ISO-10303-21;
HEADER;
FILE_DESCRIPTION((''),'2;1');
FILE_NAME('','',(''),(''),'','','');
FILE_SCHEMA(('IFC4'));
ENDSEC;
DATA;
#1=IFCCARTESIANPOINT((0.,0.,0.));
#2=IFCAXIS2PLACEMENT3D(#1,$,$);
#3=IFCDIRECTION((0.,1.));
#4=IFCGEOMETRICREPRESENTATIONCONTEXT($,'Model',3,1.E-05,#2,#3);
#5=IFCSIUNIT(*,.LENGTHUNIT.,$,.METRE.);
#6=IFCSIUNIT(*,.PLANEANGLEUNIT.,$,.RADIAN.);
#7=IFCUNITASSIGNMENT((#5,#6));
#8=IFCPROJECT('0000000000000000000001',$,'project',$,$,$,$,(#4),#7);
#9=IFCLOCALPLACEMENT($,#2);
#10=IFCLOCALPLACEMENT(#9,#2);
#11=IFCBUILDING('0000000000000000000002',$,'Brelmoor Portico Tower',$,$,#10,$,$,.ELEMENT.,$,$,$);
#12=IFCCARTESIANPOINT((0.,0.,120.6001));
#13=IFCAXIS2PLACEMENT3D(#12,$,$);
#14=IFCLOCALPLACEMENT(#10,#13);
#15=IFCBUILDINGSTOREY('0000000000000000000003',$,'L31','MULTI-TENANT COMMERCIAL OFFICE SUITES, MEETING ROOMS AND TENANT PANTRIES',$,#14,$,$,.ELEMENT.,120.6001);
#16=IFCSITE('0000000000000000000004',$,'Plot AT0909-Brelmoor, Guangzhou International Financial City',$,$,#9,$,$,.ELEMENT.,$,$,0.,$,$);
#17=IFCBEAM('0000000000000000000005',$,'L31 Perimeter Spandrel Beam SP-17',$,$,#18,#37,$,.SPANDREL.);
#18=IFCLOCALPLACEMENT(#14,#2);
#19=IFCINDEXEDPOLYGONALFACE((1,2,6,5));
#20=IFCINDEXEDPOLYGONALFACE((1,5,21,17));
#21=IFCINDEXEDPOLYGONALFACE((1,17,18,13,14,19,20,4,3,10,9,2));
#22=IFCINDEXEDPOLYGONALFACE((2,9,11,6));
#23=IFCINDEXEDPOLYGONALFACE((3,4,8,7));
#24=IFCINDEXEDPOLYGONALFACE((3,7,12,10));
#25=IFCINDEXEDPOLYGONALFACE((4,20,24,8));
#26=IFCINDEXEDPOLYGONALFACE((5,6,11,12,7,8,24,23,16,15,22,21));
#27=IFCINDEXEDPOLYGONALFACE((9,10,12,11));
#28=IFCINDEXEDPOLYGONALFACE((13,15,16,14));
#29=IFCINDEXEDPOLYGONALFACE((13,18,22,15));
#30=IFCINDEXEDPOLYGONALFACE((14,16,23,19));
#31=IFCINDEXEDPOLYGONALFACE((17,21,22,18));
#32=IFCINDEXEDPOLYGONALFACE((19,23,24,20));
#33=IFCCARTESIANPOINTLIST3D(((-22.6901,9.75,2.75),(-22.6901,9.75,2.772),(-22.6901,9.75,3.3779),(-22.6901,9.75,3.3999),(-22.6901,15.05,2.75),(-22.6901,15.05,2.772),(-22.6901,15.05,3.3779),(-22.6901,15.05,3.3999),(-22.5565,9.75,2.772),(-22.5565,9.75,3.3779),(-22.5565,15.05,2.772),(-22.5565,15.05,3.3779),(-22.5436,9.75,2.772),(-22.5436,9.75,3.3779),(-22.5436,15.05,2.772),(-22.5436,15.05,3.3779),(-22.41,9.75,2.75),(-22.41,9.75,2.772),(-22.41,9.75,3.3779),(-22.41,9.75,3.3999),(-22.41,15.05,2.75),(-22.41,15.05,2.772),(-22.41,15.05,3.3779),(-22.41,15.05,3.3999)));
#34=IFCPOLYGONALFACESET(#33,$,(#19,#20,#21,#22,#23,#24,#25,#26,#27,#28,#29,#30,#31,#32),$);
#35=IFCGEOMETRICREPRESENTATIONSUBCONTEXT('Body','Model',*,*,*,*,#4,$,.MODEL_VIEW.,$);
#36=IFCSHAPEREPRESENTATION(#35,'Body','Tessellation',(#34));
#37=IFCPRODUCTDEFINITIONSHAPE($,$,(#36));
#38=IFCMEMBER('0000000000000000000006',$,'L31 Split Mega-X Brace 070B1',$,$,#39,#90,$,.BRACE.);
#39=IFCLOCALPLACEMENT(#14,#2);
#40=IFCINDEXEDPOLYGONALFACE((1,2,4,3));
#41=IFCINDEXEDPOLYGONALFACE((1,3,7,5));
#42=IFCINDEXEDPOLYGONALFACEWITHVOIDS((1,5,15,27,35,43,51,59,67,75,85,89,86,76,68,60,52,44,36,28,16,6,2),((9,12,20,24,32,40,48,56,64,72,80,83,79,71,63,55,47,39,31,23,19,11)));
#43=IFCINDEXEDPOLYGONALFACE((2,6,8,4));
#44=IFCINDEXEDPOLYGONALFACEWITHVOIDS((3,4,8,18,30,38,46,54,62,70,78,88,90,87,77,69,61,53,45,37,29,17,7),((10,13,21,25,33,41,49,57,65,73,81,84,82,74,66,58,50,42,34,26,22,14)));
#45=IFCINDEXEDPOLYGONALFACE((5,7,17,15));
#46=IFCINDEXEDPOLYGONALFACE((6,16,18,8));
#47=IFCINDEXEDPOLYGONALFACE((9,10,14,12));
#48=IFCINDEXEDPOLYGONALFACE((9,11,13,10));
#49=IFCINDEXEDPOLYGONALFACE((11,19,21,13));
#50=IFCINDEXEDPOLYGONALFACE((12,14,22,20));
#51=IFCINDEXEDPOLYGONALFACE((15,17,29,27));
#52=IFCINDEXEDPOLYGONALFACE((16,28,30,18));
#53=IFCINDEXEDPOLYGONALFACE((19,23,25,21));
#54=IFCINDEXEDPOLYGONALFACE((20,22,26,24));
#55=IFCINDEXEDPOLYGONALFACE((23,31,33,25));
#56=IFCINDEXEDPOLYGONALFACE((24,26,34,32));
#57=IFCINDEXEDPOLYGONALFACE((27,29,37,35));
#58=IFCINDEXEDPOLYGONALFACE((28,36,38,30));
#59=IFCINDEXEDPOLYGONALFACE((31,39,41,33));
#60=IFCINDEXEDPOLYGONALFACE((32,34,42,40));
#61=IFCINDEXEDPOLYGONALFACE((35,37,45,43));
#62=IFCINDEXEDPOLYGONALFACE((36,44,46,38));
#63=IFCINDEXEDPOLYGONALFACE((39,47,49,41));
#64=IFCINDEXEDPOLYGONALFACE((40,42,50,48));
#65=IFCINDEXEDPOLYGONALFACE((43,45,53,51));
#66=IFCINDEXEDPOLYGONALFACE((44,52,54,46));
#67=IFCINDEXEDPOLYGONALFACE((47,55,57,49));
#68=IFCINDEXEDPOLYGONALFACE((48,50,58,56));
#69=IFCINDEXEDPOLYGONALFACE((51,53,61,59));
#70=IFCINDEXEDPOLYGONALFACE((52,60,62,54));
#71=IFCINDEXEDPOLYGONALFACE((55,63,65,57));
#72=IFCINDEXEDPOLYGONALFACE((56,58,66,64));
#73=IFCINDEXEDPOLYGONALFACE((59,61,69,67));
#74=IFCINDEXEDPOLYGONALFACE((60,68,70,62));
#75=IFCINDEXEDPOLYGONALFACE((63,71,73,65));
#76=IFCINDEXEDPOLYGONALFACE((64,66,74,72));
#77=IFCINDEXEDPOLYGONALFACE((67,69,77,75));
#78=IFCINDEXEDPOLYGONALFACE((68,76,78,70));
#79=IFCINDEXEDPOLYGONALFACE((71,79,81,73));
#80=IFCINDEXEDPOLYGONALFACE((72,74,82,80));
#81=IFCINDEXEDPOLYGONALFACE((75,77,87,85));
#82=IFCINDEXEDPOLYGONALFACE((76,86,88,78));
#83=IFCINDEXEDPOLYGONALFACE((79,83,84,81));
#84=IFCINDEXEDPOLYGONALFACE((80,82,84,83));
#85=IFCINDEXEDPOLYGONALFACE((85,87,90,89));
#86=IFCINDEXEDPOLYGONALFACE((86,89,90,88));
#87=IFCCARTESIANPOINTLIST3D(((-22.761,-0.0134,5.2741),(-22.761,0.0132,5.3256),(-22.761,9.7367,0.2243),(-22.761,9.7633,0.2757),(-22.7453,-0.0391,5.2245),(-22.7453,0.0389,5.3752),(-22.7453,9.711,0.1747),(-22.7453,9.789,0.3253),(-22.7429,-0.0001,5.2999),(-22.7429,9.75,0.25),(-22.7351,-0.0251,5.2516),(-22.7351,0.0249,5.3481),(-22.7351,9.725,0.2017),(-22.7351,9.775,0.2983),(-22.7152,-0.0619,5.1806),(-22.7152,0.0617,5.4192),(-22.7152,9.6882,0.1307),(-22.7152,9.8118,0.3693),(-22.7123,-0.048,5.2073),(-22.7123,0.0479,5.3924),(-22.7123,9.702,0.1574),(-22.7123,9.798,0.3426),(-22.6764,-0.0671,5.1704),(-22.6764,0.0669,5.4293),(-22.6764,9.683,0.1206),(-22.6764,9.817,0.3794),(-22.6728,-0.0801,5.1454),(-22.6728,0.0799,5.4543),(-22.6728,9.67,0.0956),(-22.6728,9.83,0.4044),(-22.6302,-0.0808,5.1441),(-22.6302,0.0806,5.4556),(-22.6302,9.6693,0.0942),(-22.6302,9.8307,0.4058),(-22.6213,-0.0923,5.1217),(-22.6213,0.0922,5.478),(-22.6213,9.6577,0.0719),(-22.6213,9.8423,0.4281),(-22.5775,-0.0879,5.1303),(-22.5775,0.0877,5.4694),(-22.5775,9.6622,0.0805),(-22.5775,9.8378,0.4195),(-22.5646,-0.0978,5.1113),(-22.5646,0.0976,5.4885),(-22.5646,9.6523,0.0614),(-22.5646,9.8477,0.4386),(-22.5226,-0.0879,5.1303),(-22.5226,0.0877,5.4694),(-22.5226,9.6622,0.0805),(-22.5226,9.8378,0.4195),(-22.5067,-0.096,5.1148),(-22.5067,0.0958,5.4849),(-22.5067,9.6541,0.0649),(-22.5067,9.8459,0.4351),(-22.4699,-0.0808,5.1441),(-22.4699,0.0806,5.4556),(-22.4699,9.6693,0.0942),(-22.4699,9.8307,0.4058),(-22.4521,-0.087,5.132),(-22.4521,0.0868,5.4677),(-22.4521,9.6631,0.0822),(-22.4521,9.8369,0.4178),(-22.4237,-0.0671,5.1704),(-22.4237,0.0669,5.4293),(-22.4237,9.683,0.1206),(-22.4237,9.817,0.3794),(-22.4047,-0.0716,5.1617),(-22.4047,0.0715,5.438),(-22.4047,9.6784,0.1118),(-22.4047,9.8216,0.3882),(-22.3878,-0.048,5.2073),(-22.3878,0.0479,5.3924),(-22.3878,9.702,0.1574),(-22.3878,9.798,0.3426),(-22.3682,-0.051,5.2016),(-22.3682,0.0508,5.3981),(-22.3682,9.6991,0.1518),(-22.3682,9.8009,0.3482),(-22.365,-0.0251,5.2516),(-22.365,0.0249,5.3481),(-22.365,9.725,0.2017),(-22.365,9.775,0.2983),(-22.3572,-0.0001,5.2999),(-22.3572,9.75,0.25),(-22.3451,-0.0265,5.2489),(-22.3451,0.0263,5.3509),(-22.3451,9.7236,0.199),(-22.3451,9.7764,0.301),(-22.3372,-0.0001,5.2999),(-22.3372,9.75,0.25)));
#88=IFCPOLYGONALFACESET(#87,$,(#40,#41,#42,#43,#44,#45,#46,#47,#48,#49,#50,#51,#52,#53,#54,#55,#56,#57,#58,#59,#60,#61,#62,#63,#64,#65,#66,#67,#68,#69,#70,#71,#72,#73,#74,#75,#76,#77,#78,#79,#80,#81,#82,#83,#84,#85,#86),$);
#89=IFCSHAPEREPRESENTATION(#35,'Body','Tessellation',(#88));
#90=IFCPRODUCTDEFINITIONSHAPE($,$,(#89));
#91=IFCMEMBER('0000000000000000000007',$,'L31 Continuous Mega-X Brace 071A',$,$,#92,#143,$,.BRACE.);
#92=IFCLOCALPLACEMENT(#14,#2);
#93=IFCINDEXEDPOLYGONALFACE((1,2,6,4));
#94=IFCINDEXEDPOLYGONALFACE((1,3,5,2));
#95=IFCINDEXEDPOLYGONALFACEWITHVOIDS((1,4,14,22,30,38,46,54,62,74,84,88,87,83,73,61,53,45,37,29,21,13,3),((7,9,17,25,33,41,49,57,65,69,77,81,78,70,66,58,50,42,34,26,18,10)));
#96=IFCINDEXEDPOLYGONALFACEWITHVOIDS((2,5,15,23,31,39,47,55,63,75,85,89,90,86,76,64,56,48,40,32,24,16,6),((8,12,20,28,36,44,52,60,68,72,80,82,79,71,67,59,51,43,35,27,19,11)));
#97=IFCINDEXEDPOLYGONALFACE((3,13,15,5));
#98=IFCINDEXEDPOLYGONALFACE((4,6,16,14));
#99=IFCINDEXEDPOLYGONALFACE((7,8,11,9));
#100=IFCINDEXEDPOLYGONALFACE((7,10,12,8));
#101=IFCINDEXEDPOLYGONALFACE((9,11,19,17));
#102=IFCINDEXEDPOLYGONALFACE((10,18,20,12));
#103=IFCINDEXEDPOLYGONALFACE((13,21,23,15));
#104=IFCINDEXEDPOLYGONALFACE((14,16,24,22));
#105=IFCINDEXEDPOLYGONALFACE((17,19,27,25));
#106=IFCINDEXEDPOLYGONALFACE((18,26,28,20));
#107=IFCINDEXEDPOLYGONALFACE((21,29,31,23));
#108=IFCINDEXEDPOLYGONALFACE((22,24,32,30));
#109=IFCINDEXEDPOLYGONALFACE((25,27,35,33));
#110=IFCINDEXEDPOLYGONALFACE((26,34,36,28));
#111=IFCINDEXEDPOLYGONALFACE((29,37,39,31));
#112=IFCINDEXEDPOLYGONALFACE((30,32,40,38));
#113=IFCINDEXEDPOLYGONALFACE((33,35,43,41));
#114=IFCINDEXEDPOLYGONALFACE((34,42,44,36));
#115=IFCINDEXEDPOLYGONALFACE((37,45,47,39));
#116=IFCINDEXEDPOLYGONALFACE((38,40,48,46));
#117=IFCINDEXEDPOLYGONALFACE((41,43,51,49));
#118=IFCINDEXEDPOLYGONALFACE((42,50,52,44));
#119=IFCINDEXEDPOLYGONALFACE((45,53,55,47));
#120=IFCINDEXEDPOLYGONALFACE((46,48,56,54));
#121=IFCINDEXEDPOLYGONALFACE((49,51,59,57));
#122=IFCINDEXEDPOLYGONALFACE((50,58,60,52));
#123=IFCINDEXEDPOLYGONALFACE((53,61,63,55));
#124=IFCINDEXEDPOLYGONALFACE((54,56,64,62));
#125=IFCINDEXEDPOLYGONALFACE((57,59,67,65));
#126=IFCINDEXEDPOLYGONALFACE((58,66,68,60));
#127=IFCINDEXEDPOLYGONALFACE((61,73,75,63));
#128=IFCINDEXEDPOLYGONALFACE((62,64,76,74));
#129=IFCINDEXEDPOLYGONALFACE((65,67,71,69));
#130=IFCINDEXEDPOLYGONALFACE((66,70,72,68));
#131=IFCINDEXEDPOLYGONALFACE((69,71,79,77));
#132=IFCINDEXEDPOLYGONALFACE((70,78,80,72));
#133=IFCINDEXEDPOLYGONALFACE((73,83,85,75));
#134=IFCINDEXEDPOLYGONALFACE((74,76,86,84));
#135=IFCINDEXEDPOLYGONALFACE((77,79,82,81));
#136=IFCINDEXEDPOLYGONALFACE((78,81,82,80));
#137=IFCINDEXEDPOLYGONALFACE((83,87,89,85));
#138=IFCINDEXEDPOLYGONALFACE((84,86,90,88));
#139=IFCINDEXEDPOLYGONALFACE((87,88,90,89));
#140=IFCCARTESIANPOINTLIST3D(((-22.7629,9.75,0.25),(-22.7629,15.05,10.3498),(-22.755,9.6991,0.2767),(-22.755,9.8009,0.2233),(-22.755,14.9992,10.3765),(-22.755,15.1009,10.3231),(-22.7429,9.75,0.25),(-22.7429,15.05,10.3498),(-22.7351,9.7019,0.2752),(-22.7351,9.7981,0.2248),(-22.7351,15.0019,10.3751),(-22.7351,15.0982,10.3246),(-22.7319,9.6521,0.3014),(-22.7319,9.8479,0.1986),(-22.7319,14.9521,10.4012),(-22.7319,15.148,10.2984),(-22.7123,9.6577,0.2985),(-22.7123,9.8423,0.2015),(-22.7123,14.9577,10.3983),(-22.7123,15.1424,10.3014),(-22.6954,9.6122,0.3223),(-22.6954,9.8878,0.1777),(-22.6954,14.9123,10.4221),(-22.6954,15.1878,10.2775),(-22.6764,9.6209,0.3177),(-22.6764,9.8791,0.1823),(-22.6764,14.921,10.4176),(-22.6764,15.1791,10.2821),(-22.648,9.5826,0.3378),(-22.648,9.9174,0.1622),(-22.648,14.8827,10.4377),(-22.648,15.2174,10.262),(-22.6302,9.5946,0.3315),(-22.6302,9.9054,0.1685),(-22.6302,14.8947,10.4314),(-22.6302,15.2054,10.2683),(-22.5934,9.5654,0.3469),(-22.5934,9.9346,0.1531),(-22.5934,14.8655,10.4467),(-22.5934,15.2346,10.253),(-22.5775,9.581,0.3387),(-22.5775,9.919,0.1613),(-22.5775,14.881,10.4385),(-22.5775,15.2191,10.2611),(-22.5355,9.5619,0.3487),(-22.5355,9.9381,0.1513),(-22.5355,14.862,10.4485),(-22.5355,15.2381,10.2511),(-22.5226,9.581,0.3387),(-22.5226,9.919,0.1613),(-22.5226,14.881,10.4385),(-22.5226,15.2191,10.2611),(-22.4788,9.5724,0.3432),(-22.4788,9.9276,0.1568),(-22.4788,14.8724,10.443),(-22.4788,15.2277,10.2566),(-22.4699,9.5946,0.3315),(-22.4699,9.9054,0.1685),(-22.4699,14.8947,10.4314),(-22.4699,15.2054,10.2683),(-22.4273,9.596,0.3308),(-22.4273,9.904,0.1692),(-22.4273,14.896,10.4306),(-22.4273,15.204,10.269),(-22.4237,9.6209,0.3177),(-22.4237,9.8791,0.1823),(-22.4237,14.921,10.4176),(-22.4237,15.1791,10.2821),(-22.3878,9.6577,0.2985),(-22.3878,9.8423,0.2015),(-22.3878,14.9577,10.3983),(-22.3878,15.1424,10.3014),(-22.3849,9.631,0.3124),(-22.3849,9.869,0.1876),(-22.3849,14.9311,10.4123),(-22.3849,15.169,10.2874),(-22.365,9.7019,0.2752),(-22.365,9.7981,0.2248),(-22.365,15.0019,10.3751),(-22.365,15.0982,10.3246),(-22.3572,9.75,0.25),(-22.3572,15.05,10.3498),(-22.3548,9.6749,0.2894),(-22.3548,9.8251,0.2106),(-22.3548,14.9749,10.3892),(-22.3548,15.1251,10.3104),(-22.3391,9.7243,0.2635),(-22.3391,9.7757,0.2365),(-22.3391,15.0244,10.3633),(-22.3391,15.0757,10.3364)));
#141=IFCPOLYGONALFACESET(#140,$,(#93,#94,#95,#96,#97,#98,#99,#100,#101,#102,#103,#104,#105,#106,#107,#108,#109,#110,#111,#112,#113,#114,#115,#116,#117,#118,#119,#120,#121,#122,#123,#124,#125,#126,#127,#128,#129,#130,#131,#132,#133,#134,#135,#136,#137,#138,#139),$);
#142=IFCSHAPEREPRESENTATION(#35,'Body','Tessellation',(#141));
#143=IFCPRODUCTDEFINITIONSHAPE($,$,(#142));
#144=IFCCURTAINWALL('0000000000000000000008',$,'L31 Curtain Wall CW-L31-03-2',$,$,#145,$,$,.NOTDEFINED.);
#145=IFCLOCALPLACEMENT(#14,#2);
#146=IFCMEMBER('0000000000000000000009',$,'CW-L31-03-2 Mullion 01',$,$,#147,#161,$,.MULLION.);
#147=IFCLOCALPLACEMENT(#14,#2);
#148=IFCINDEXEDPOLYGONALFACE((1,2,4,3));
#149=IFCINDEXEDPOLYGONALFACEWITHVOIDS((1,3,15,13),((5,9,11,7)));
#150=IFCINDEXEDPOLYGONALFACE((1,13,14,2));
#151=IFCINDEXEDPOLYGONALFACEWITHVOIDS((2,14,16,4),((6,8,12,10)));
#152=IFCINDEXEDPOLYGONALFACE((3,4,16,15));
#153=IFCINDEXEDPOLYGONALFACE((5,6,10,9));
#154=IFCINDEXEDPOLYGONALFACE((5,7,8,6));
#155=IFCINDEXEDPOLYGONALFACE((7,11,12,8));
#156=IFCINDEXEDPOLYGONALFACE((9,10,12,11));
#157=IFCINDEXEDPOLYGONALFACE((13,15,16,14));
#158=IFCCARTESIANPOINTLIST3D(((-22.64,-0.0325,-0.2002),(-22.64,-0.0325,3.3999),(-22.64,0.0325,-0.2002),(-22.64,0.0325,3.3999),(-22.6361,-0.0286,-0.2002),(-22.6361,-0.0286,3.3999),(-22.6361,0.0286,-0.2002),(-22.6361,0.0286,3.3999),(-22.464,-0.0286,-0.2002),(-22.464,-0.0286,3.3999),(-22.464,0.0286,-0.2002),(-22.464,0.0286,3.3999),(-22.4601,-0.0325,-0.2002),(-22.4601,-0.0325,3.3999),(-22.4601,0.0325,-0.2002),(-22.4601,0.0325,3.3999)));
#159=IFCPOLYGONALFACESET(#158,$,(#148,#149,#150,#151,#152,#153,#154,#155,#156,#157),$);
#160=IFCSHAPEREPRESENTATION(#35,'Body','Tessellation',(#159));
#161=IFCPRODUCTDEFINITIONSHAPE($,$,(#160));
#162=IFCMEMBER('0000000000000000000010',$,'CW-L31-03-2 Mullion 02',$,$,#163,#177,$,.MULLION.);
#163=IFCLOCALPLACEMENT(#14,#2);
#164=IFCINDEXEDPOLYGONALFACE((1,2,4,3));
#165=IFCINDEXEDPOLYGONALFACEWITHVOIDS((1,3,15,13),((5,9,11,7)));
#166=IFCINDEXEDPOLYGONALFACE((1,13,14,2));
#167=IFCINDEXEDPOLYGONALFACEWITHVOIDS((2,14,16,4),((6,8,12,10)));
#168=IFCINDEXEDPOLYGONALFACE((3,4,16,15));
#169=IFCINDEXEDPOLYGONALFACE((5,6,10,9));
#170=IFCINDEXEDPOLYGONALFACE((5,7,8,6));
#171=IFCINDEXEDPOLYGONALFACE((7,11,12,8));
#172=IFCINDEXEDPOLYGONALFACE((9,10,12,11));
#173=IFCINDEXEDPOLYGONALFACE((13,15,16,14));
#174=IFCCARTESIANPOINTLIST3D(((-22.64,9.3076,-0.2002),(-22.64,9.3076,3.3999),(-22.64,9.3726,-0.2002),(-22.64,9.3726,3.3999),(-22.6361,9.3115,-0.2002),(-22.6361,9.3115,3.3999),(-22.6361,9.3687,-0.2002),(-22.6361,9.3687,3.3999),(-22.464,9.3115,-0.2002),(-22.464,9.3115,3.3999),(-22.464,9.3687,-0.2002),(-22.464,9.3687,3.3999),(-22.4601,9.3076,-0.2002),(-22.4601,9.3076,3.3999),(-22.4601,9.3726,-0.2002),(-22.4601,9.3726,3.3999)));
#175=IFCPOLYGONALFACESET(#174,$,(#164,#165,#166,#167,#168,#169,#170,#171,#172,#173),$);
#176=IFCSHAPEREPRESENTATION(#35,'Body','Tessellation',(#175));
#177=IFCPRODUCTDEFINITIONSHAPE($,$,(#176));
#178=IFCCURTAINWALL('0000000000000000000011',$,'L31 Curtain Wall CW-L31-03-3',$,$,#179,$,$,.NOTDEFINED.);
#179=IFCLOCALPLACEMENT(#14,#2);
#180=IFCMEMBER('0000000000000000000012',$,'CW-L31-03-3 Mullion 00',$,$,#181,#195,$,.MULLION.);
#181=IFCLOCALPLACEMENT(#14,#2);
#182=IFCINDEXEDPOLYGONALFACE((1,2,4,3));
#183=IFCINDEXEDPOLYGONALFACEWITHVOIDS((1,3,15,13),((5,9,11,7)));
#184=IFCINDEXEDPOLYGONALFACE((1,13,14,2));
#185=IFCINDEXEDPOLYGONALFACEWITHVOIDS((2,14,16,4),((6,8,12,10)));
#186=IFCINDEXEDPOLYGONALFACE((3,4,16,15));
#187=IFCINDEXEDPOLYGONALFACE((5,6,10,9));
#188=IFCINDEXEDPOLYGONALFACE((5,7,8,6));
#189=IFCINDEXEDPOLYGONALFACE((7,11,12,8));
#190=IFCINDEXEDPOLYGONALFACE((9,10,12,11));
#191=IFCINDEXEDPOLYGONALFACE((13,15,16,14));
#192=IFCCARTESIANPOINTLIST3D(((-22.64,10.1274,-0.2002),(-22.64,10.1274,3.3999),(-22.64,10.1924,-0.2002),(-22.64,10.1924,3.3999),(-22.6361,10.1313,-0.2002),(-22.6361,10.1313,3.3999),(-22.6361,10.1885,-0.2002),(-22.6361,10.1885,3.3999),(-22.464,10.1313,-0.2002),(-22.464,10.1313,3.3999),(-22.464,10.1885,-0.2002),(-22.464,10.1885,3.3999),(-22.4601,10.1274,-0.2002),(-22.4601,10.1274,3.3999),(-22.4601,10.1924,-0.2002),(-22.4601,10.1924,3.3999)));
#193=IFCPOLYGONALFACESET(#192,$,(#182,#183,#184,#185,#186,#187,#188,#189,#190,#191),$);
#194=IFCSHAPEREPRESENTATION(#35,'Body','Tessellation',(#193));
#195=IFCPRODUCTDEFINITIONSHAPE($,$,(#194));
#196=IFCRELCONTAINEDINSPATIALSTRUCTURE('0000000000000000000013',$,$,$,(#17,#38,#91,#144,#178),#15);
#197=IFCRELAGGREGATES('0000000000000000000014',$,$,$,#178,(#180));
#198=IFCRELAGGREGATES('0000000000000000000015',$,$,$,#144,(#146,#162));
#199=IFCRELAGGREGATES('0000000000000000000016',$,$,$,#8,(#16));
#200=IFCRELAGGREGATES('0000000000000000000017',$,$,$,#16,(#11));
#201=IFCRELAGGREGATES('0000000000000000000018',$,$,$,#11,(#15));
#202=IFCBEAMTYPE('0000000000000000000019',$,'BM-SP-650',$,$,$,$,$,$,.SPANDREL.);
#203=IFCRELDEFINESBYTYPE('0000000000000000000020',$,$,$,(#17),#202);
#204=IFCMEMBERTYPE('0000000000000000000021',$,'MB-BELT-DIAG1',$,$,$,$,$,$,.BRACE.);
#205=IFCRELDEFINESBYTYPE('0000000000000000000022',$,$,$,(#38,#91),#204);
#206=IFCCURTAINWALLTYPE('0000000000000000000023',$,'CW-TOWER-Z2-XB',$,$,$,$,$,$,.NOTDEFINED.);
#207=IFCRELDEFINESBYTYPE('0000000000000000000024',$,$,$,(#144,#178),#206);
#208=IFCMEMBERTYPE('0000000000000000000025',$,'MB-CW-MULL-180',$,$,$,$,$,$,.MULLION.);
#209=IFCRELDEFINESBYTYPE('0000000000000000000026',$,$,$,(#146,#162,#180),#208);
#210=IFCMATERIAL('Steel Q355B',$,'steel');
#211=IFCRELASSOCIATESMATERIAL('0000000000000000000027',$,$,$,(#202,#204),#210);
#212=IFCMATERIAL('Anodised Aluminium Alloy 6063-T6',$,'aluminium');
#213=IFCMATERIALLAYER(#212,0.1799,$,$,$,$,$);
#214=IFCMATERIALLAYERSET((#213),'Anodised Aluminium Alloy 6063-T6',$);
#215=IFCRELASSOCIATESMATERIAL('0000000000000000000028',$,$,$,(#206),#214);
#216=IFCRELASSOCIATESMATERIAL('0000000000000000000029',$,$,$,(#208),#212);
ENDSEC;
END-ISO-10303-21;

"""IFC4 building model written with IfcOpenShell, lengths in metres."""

from ifc_helpers import new_model, si_unit, direction, frame, origin, origin_2d, place, context, subcontext, project, spatial, hollow_rectangle, hollow_circle, i_section, extrude, material, layer, layer_set, material_profile, profile_set, type_object, element, aggregate, save


model = new_model("IFC4")

# Units and contexts
model_context = context("Model", 3, precision=1e-05, world=origin(), true_north=direction((0.0, 1.0)))
body_context = subcontext(model_context, "Body", "Model", "MODEL_VIEW")
ifc_project = project(units=[si_unit("LENGTHUNIT", "METRE"), si_unit("PLANEANGLEUNIT", "RADIAN")], contexts=[model_context])

# Site, building, storey
site_placement = place(None, origin())
site = spatial("IfcSite", under=ifc_project, at=site_placement, Name="Plot AT0909-Brelmoor, Guangzhou International Financial City", CompositionType="ELEMENT", RefElevation=0.0)
building_placement = place(site_placement, origin())
building = spatial("IfcBuilding", under=site, at=building_placement, Name="Brelmoor Portico Tower", CompositionType="ELEMENT")
storey_placement = place(building_placement, frame((0.0, 0.0, 120.6001)))
storey = spatial("IfcBuildingStorey", under=building, at=storey_placement, Name="L31", Description="MULTI-TENANT COMMERCIAL OFFICE SUITES, MEETING ROOMS AND TENANT PANTRIES", CompositionType="ELEMENT", Elevation=120.6001)

# Shared definitions
ifc_material_1 = material(Name="Steel Q355B", Category="steel")

# Beam
ifc_material_profile_1 = material_profile(ifc_material_1, i_section(OverallWidth=0.28, OverallDepth=0.6499, WebThickness=0.0129, FlangeThickness=0.022, at=origin_2d()), Name="HN 650x280x13x22")
ifc_profile_set_1 = profile_set([ifc_material_profile_1], Name="Steel Q355B")
beam_type_1 = type_object("IfcBeamType", Name="BM-SP-650", PredefinedType="SPANDREL", material=ifc_profile_set_1)
beam_1_placement = place(storey_placement, frame((-22.55, 9.75, 3.075), z_axis=(0.0, 1.0, 0.0), x_axis=(-1.0, 0.0, 0.0)))
element("IfcBeam", 1, at=beam_1_placement, inside=storey, type_object=beam_type_1, Name="L31 Perimeter Spandrel Beam SP-17", PredefinedType="SPANDREL", context=body_context, shape_type="SweptSolid", body=[
    extrude(i_section(OverallWidth=0.28, OverallDepth=0.6499, WebThickness=0.0129, FlangeThickness=0.022, at=origin_2d()), origin(), (0.0, 0.0, 1.0), 5.3),
])

# Members
ifc_material_profile_2 = material_profile(ifc_material_1, hollow_circle(Radius=0.2129, WallThickness=0.02, at=origin_2d()), Name="CHS 426x20")
ifc_profile_set_2 = profile_set([ifc_material_profile_2], Name="Steel Q355B")
member_type_1 = type_object("IfcMemberType", Name="MB-BELT-DIAG1", PredefinedType="BRACE", material=ifc_profile_set_2)
member_1_placement = place(storey_placement, frame((-22.55, 9.75, 0.25), z_axis=(0.0, -0.887968, 0.459904), x_axis=(1.0, 0.0, 0.0)))
element("IfcMember", 2, at=member_1_placement, inside=storey, type_object=member_type_1, Name="L31 Split Mega-X Brace 070B1", PredefinedType="BRACE", context=body_context, shape_type="SweptSolid", body=[
    extrude(hollow_circle(Radius=0.2129, WallThickness=0.02, at=origin_2d()), origin(), (0.0, 0.0, 1.0), 10.9802),
])
member_2_placement = place(storey_placement, frame((-22.55, 9.75, 0.25), z_axis=(0.0, 0.464671, 0.885484), x_axis=(-1.0, 0.0, 0.0)))
element("IfcMember", 3, at=member_2_placement, inside=storey, type_object=member_type_1, Name="L31 Continuous Mega-X Brace 071A", PredefinedType="BRACE", context=body_context, shape_type="SweptSolid", body=[
    extrude(hollow_circle(Radius=0.2129, WallThickness=0.02, at=origin_2d()), origin(), (0.0, 0.0, 1.0), 11.406),
])

# Curtain wall, members
ifc_material_2 = material(Name="Anodised Aluminium Alloy 6063-T6", Category="aluminium")
ifc_layer_1 = layer(ifc_material_2, 0.1799)
ifc_layer_set_1 = layer_set([ifc_layer_1], Name="Anodised Aluminium Alloy 6063-T6")
curtain_wall_type = type_object("IfcCurtainWallType", Name="CW-TOWER-Z2-XB", PredefinedType="NOTDEFINED", material=ifc_layer_set_1)
curtain_wall_1_placement = place(storey_placement, origin())
curtain_wall_1 = element("IfcCurtainWall", 4, at=curtain_wall_1_placement, inside=storey, type_object=curtain_wall_type, Name="L31 Curtain Wall CW-L31-03-2", PredefinedType="NOTDEFINED")
ifc_material_profile_3 = material_profile(ifc_material_2, hollow_rectangle(XDim=0.0649, YDim=0.1799, WallThickness=0.0039, at=origin_2d()), Name="ALU MULLION 65x180")
ifc_profile_set_3 = profile_set([ifc_material_profile_3], Name="Anodised Aluminium Alloy 6063-T6")
member_type_2 = type_object("IfcMemberType", Name="MB-CW-MULL-180", PredefinedType="MULLION", material=ifc_profile_set_3)
member_3_placement = place(storey_placement, frame((-22.55, 0.0, -0.2002), z_axis=(0.0, 0.0, 1.0), x_axis=(0.0, 1.0, 0.0)))
member_3 = element("IfcMember", 5, at=member_3_placement, type_object=member_type_2, Name="CW-L31-03-2 Mullion 01", PredefinedType="MULLION", context=body_context, shape_type="SweptSolid", body=[
    extrude(hollow_rectangle(XDim=0.0649, YDim=0.1799, WallThickness=0.0039, at=origin_2d()), origin(), (0.0, 0.0, 1.0), 3.6001),
])
member_4_placement = place(storey_placement, frame((-22.55, 9.3401, -0.2002), z_axis=(0.0, 0.0, 1.0), x_axis=(0.0, 1.0, 0.0)))
member_4 = element("IfcMember", 6, at=member_4_placement, type_object=member_type_2, Name="CW-L31-03-2 Mullion 02", PredefinedType="MULLION", context=body_context, shape_type="SweptSolid", body=[
    extrude(hollow_rectangle(XDim=0.0649, YDim=0.1799, WallThickness=0.0039, at=origin_2d()), origin(), (0.0, 0.0, 1.0), 3.6001),
])

# Curtain wall, member
curtain_wall_2_placement = place(storey_placement, origin())
curtain_wall_2 = element("IfcCurtainWall", 7, at=curtain_wall_2_placement, inside=storey, type_object=curtain_wall_type, Name="L31 Curtain Wall CW-L31-03-3", PredefinedType="NOTDEFINED")
member_5_placement = place(storey_placement, frame((-22.55, 10.1599, -0.2002), z_axis=(0.0, 0.0, 1.0), x_axis=(0.0, 1.0, 0.0)))
member_5 = element("IfcMember", 8, at=member_5_placement, type_object=member_type_2, Name="CW-L31-03-3 Mullion 00", PredefinedType="MULLION", context=body_context, shape_type="SweptSolid", body=[
    extrude(hollow_rectangle(XDim=0.0649, YDim=0.1799, WallThickness=0.0039, at=origin_2d()), origin(), (0.0, 0.0, 1.0), 3.6001),
])

aggregate(curtain_wall_2, [member_5])

aggregate(curtain_wall_1, [member_3, member_4])

save(model, "model.ifc")
